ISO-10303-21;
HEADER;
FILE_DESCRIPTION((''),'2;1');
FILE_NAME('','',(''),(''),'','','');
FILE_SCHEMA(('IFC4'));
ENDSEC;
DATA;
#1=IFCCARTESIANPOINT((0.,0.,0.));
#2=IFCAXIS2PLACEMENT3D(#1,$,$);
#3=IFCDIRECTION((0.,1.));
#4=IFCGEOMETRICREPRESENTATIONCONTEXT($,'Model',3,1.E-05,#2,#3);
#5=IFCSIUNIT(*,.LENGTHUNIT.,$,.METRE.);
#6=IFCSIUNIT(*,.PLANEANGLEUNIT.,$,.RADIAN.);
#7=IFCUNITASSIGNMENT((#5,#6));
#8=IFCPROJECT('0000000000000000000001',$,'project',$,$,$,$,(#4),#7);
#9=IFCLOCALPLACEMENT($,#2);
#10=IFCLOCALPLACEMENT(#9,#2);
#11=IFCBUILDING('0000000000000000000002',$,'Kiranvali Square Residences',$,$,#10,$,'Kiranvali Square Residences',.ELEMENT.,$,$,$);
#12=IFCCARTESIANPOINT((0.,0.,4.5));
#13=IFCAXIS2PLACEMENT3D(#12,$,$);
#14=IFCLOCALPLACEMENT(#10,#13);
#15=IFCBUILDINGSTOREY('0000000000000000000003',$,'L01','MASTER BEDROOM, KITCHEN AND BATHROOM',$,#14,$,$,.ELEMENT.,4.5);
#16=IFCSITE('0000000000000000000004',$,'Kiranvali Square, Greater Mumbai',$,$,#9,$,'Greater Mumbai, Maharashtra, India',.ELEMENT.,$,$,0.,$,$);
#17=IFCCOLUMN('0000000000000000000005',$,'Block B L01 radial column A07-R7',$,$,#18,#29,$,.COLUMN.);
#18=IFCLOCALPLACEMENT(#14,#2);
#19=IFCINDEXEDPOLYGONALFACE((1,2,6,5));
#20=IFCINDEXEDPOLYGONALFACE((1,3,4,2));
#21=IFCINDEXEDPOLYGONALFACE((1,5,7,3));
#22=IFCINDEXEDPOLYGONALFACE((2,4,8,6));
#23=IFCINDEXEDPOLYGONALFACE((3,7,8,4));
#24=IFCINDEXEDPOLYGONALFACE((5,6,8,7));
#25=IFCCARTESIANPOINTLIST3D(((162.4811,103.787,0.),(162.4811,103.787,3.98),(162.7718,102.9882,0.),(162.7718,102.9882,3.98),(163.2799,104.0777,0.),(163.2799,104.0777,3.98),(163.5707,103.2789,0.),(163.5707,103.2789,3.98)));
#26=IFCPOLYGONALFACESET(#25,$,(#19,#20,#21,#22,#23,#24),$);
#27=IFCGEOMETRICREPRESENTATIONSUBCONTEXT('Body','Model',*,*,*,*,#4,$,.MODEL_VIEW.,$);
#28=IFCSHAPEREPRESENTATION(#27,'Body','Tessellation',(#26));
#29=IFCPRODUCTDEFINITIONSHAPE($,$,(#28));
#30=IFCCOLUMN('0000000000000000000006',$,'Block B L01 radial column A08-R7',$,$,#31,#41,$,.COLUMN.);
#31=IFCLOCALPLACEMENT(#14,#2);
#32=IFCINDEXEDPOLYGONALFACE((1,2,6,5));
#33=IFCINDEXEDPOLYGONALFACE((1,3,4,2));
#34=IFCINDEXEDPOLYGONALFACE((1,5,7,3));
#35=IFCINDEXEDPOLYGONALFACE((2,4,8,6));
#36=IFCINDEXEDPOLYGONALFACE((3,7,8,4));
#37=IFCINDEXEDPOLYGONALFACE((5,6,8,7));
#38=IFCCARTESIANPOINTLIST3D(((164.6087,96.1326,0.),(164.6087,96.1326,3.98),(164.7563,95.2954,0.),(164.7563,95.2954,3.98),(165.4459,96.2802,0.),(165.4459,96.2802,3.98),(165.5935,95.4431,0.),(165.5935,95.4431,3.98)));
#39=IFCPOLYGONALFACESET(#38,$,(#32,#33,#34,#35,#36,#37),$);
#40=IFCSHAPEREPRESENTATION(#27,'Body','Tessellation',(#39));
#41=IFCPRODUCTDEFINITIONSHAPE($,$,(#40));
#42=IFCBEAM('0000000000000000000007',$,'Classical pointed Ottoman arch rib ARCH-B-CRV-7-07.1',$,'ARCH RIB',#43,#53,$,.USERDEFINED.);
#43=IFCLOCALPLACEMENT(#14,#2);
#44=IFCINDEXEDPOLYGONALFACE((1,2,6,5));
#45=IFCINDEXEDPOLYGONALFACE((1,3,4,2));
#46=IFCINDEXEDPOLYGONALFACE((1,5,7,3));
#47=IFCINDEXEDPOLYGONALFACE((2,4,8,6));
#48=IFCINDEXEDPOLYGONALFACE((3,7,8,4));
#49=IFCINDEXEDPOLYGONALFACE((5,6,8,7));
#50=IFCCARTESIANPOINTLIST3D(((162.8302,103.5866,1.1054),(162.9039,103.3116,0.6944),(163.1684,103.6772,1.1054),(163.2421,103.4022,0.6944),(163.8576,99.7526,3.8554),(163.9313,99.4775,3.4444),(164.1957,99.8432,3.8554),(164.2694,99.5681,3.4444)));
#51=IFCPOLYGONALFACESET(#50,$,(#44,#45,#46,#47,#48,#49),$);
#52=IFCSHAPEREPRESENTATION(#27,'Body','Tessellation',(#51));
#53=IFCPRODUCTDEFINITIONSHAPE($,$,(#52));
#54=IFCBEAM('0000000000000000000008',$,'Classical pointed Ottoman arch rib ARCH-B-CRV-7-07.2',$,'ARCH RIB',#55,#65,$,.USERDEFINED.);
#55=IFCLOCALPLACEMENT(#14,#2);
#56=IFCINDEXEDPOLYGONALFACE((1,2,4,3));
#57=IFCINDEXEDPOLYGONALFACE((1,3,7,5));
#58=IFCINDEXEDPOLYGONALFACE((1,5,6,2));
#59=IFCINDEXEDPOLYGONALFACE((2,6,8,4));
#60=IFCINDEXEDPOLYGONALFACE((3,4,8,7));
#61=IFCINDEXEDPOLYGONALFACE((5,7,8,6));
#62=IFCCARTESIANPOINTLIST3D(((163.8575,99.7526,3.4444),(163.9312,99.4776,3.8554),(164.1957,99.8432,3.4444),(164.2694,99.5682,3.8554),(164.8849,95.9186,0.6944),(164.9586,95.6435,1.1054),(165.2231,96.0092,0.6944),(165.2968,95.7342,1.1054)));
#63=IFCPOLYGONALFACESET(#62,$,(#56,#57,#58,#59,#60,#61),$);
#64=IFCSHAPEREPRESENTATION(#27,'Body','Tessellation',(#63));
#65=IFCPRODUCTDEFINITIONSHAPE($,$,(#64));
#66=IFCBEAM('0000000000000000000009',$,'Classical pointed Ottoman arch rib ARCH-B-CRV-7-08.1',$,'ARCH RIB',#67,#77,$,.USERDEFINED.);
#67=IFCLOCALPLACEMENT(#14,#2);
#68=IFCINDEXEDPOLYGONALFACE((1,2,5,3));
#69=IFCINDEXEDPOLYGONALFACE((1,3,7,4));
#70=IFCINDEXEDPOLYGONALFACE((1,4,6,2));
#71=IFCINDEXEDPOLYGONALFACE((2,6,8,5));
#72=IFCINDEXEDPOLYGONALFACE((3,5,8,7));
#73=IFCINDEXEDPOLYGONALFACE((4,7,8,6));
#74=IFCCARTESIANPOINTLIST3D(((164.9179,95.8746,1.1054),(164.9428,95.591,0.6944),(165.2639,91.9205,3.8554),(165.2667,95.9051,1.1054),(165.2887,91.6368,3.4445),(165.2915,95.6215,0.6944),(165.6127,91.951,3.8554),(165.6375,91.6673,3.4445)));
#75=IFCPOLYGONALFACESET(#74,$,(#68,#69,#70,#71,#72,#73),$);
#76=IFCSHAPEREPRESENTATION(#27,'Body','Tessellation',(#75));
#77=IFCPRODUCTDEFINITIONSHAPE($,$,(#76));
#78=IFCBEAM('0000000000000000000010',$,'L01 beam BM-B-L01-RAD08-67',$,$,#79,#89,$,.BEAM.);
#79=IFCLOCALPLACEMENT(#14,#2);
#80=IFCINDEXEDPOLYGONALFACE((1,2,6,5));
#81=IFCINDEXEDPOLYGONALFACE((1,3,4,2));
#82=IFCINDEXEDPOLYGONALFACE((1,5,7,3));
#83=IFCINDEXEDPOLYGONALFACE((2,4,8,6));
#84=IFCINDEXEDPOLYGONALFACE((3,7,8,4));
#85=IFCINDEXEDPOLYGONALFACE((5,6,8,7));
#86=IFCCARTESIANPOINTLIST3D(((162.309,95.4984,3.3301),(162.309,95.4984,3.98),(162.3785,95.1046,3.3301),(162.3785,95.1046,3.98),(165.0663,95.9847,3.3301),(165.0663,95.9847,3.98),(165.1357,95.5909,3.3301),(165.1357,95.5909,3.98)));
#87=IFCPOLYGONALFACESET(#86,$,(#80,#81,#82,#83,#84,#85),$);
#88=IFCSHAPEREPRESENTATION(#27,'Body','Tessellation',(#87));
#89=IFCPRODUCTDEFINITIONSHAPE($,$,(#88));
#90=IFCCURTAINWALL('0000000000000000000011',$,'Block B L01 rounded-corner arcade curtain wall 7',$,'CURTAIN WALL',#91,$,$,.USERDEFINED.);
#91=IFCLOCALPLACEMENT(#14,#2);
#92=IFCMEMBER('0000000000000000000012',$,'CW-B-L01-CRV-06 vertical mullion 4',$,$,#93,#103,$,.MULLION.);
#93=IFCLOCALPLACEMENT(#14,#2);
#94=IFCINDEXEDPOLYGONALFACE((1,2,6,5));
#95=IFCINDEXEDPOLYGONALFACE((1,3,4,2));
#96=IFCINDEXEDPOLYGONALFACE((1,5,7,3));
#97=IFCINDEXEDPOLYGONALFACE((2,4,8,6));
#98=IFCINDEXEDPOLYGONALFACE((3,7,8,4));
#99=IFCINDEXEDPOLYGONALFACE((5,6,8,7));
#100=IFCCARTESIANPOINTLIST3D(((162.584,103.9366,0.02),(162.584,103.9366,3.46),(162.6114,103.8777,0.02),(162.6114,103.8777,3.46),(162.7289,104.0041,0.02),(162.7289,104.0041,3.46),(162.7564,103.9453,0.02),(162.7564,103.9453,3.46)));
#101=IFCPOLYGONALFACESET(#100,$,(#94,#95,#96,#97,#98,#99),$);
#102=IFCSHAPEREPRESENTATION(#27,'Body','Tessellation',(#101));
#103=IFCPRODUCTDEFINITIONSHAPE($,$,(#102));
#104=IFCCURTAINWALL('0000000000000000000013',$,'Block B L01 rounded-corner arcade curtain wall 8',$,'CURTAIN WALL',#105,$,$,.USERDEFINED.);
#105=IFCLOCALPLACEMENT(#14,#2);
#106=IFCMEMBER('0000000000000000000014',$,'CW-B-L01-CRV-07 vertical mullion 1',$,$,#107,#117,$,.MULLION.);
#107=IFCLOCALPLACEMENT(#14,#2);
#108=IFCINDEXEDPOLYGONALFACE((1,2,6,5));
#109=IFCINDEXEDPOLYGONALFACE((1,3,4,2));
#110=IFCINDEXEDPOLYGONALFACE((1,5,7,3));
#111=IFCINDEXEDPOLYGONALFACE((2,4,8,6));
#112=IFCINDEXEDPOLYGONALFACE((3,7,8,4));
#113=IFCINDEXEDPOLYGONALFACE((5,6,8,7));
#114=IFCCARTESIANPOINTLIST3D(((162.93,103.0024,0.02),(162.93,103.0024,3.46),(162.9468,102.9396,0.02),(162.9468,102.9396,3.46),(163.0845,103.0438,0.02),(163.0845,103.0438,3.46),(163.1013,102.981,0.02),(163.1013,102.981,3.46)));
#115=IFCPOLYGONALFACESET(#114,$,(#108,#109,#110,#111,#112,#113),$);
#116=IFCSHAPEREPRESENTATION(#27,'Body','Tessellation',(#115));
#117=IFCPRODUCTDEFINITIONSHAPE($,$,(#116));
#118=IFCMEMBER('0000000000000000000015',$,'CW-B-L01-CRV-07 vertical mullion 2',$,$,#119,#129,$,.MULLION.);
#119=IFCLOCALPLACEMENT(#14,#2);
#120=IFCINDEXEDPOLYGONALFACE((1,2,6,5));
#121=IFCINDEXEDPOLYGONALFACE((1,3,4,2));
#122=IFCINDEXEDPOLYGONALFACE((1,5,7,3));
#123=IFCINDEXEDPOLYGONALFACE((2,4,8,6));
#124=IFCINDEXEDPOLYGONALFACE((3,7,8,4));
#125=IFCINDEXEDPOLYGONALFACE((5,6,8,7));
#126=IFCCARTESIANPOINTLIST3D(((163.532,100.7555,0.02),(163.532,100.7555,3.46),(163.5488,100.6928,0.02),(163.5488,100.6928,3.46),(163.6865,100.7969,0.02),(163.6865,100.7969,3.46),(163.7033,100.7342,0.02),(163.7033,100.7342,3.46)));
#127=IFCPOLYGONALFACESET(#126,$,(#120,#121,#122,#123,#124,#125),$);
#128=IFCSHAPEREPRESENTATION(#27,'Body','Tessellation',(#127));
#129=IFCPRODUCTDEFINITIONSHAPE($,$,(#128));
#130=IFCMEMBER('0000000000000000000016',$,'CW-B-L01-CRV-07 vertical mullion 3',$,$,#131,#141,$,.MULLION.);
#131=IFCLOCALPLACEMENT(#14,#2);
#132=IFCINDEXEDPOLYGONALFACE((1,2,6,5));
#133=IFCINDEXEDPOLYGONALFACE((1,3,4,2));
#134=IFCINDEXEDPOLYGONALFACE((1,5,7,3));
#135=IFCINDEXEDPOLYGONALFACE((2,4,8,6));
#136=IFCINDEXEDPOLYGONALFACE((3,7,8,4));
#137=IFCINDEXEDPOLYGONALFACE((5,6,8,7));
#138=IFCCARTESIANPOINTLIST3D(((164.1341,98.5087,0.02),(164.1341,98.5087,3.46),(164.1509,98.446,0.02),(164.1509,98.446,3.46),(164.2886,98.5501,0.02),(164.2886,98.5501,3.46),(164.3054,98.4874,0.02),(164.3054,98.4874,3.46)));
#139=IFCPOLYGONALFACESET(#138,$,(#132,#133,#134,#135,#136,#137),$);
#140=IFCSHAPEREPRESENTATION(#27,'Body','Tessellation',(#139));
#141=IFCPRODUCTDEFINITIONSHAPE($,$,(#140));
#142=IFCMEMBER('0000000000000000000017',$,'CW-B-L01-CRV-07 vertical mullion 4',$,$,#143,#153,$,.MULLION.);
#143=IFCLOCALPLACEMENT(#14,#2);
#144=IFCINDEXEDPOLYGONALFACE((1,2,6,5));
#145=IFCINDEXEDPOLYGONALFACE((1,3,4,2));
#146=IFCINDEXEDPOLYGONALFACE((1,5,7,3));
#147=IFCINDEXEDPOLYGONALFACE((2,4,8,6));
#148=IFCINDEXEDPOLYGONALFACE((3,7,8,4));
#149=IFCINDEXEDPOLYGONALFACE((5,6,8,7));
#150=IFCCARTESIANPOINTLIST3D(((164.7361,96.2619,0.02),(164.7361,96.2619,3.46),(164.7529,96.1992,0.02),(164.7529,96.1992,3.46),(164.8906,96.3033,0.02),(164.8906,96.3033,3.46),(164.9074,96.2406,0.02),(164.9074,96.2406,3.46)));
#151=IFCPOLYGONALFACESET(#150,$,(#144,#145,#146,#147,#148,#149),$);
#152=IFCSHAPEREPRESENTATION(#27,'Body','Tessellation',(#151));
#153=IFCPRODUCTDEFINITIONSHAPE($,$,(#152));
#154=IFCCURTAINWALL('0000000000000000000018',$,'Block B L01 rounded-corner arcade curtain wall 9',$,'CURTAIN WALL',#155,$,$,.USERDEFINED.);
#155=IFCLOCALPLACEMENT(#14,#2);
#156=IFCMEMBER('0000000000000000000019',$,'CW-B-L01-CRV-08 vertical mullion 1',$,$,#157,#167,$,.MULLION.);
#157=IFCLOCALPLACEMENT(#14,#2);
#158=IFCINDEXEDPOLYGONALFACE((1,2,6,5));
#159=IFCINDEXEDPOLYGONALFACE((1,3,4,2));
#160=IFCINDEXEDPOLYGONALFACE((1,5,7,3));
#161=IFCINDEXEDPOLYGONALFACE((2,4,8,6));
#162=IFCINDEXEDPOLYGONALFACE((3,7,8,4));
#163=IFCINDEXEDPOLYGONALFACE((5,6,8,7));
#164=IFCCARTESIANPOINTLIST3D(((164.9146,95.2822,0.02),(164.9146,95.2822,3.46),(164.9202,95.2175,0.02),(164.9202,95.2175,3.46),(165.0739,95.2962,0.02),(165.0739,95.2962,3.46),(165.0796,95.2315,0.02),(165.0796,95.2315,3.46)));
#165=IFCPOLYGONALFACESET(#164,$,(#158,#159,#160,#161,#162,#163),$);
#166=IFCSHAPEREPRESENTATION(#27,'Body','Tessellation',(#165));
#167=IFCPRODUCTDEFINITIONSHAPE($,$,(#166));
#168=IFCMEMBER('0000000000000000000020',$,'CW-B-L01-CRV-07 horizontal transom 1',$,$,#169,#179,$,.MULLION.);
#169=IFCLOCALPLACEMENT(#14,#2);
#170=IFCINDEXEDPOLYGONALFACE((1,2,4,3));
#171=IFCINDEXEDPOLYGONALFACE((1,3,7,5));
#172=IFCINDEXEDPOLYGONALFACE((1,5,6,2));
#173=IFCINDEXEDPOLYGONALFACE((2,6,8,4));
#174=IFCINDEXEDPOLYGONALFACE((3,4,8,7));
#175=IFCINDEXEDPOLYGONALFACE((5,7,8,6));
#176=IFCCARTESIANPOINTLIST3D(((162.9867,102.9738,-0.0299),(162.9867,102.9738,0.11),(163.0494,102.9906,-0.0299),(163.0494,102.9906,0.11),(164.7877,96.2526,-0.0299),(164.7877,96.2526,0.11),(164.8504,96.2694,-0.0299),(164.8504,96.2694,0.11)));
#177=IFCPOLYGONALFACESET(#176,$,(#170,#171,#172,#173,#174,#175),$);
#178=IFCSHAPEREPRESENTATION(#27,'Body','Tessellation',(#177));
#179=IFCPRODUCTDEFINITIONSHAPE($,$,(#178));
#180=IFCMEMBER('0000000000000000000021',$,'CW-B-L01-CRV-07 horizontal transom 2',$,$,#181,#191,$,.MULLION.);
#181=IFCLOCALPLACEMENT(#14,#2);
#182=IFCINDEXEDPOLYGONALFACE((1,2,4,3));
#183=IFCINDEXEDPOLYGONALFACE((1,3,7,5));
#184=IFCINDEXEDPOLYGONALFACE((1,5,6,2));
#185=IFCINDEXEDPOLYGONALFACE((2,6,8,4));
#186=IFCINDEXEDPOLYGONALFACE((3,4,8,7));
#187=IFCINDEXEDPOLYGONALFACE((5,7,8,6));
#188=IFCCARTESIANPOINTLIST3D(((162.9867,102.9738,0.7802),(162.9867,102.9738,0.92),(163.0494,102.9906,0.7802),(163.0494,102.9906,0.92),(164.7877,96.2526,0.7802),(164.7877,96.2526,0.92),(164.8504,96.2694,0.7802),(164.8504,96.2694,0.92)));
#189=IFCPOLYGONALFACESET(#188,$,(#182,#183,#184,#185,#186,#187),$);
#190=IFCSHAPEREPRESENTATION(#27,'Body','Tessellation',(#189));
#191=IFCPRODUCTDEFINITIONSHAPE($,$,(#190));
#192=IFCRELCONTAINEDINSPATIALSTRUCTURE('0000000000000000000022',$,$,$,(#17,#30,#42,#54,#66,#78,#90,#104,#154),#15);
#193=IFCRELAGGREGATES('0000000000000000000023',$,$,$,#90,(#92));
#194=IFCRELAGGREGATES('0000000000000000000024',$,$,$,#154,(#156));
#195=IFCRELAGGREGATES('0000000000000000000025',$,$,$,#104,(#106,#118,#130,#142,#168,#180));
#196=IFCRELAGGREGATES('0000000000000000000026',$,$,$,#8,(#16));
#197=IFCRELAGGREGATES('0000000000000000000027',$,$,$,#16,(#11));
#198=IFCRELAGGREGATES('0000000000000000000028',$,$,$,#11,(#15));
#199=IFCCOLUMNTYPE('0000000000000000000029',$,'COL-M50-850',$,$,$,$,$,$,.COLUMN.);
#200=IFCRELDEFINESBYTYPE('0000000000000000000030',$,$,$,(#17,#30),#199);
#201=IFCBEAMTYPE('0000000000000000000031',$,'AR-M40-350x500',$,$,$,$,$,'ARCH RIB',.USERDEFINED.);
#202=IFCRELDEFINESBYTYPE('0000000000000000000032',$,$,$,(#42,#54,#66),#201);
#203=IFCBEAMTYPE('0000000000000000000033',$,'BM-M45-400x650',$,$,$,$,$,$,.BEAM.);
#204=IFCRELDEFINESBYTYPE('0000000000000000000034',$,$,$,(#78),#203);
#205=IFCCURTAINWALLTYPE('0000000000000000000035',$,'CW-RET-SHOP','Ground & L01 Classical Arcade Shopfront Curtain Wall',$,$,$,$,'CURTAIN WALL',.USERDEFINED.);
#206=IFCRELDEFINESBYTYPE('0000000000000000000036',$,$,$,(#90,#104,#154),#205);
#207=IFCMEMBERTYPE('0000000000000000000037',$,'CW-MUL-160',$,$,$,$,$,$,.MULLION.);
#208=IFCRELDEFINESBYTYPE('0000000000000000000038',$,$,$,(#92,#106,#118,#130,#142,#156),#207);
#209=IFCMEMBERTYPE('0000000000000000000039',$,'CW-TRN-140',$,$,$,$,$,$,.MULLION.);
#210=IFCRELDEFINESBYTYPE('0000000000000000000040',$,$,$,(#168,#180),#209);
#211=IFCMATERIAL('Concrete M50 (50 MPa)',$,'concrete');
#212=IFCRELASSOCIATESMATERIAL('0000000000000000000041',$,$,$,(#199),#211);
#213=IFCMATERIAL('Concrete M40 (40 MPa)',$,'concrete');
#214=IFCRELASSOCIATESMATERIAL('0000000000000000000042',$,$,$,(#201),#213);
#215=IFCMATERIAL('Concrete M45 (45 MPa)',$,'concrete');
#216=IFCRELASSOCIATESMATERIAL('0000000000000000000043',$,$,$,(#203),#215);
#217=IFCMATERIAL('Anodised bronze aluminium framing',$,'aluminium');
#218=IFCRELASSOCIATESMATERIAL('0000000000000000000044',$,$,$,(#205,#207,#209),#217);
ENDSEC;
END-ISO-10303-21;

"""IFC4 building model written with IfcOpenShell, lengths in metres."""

from ifc_helpers import new_model, si_unit, direction, frame, origin, origin_2d, place, context, subcontext, project, spatial, rectangle, extrude, material, material_profile, profile_set, type_object, element, aggregate, save


model = new_model("IFC4")

# Units and contexts
model_context = context("Model", 3, precision=1e-05, world=origin(), true_north=direction((0.0, 1.0)))
body_context = subcontext(model_context, "Body", "Model", "MODEL_VIEW")
ifc_project = project(units=[si_unit("LENGTHUNIT", "METRE"), si_unit("PLANEANGLEUNIT", "RADIAN")], contexts=[model_context])

# Site, building, storey
site_placement = place(None, origin())
site = spatial("IfcSite", under=ifc_project, at=site_placement, Name="Kiranvali Square, Greater Mumbai", LongName="Greater Mumbai, Maharashtra, India", CompositionType="ELEMENT", RefElevation=0.0)
building_placement = place(site_placement, origin())
building = spatial("IfcBuilding", under=site, at=building_placement, Name="Kiranvali Square Residences", LongName="Kiranvali Square Residences", CompositionType="ELEMENT")
storey_placement = place(building_placement, frame((0.0, 0.0, 4.5)))
storey = spatial("IfcBuildingStorey", under=building, at=storey_placement, Name="L01", Description="MASTER BEDROOM, KITCHEN AND BATHROOM", CompositionType="ELEMENT", Elevation=4.5)

# Columns
ifc_material_1 = material(Name="Concrete M50 (50 MPa)", Category="concrete")
ifc_material_profile_1 = material_profile(ifc_material_1, rectangle(XDim=0.8501, YDim=0.8501, at=origin_2d()), Name="RC 850x850")
ifc_profile_set_1 = profile_set([ifc_material_profile_1], Name="Concrete M50 (50 MPa)")
column_type = type_object("IfcColumnType", Name="COL-M50-850", PredefinedType="COLUMN", material=ifc_profile_set_1)
for number, where, z_axis, x_axis, name in (
    (1, (163.0259, 103.533, 0.0), (0.0, 0.0, 1.0), (-0.34202, 0.939693, 0.0), "Block B L01 radial column A07-R7"),
    (2, (165.1011, 95.7878, 0.0), (0.0, 0.0, 1.0), (-0.173648, 0.984808, 0.0), "Block B L01 radial column A08-R7"),
):
    element("IfcColumn", number, at=place(storey_placement, frame(where, z_axis=z_axis, x_axis=x_axis)), inside=storey, type_object=column_type, Name=name, PredefinedType="COLUMN", context=body_context, shape_type="SweptSolid", body=[
        extrude(rectangle(XDim=0.8501, YDim=0.8501, at=origin_2d()), origin(), (0.0, 0.0, 1.0), 3.98),
    ])

# Beams
ifc_material_2 = material(Name="Concrete M40 (40 MPa)", Category="concrete")
ifc_material_profile_2 = material_profile(ifc_material_2, rectangle(XDim=0.3501, YDim=0.5, at=origin_2d()), Name="RC 350x500")
ifc_profile_set_2 = profile_set([ifc_material_profile_2], Name="Concrete M40 (40 MPa)")
beam_type_1 = type_object("IfcBeamType", Name="AR-M40-350x500", ElementType="ARCH RIB", PredefinedType="USERDEFINED", material=ifc_profile_set_2)
for number, where, z_axis, x_axis, name in (
    (3, (163.0361, 103.4944, 0.8999), (0.212753, -0.793982, 0.569499), (0.965924, 0.258826, 0.0), "Classical pointed Ottoman arch rib ARCH-B-CRV-7-07.1"),
    (4, (164.0635, 99.6604, 3.6499), (0.212753, -0.793982, -0.569499), (0.965924, 0.258826, 0.0), "Classical pointed Ottoman arch rib ARCH-B-CRV-7-07.2"),
    (5, (165.1047, 95.748, 0.8999), (0.071643, -0.818862, 0.569502), (0.996195, 0.087158, 0.0), "Classical pointed Ottoman arch rib ARCH-B-CRV-7-08.1"),
):
    element("IfcBeam", number, at=place(storey_placement, frame(where, z_axis=z_axis, x_axis=x_axis)), inside=storey, type_object=beam_type_1, Name=name, ObjectType="ARCH RIB", PredefinedType="USERDEFINED", context=body_context, shape_type="SweptSolid", body=[
        extrude(rectangle(XDim=0.3501, YDim=0.5, at=origin_2d()), origin(), (0.0, 0.0, 1.0), 4.8289),
    ])
ifc_material_3 = material(Name="Concrete M45 (45 MPa)", Category="concrete")
ifc_material_profile_3 = material_profile(ifc_material_3, rectangle(XDim=0.3999, YDim=0.6499, at=origin_2d()), Name="RC 400x650")
ifc_profile_set_3 = profile_set([ifc_material_profile_3], Name="Concrete M45 (45 MPa)")
beam_type_2 = type_object("IfcBeamType", Name="BM-M45-400x650", PredefinedType="BEAM", material=ifc_profile_set_3)
beam_placement = place(storey_placement, frame((162.3438, 95.3015, 3.655), z_axis=(0.984799, 0.173696, 0.0), x_axis=(-0.173696, 0.984799, 0.0)))
element("IfcBeam", 6, at=beam_placement, inside=storey, type_object=beam_type_2, Name="L01 beam BM-B-L01-RAD08-67", PredefinedType="BEAM", context=body_context, shape_type="SweptSolid", body=[
    extrude(rectangle(XDim=0.3999, YDim=0.6499, at=origin_2d()), origin(), (0.0, 0.0, 1.0), 2.7998),
])

# Curtain wall, member
ifc_material_4 = material(Name="Anodised bronze aluminium framing", Category="aluminium")
curtain_wall_type = type_object("IfcCurtainWallType", Name="CW-RET-SHOP", Description="Ground & L01 Classical Arcade Shopfront Curtain Wall", ElementType="CURTAIN WALL", PredefinedType="USERDEFINED", material=ifc_material_4)
curtain_wall_1_placement = place(storey_placement, origin())
curtain_wall_1 = element("IfcCurtainWall", 7, at=curtain_wall_1_placement, inside=storey, type_object=curtain_wall_type, Name="Block B L01 rounded-corner arcade curtain wall 7", ObjectType="CURTAIN WALL", PredefinedType="USERDEFINED")
ifc_material_profile_4 = material_profile(ifc_material_4, rectangle(XDim=0.0649, YDim=0.1599, at=origin_2d()), Name="ALU 65x160")
ifc_profile_set_4 = profile_set([ifc_material_profile_4], Name="Anodised bronze aluminium framing")
member_type_1 = type_object("IfcMemberType", Name="CW-MUL-160", PredefinedType="MULLION", material=ifc_profile_set_4)
member_1_placement = place(storey_placement, frame((162.6702, 103.9409, 0.02), z_axis=(0.0, 0.0, 1.0), x_axis=(0.422618, -0.906308, 0.0)))
member_1 = element("IfcMember", 8, at=member_1_placement, type_object=member_type_1, Name="CW-B-L01-CRV-06 vertical mullion 4", PredefinedType="MULLION", context=body_context, shape_type="SweptSolid", body=[
    extrude(rectangle(XDim=0.0649, YDim=0.1599, at=origin_2d()), origin(), (0.0, 0.0, 1.0), 3.4399),
])
aggregate(curtain_wall_1, [member_1])

# Curtain wall, members
curtain_wall_2_placement = place(storey_placement, origin())
curtain_wall_2 = element("IfcCurtainWall", 9, at=curtain_wall_2_placement, inside=storey, type_object=curtain_wall_type, Name="Block B L01 rounded-corner arcade curtain wall 8", ObjectType="CURTAIN WALL", PredefinedType="USERDEFINED")
member_2_placement = place(storey_placement, frame((163.0156, 102.9917, 0.02), z_axis=(0.0, 0.0, 1.0), x_axis=(0.258819, -0.965926, 0.0)))
member_2 = element("IfcMember", 10, at=member_2_placement, type_object=member_type_1, Name="CW-B-L01-CRV-07 vertical mullion 1", PredefinedType="MULLION", context=body_context, shape_type="SweptSolid", body=[
    extrude(rectangle(XDim=0.0649, YDim=0.1599, at=origin_2d()), origin(), (0.0, 0.0, 1.0), 3.4399),
])
member_3_placement = place(storey_placement, frame((163.6177, 100.7449, 0.02), z_axis=(0.0, 0.0, 1.0), x_axis=(0.258819, -0.965926, 0.0)))
member_3 = element("IfcMember", 11, at=member_3_placement, type_object=member_type_1, Name="CW-B-L01-CRV-07 vertical mullion 2", PredefinedType="MULLION", context=body_context, shape_type="SweptSolid", body=[
    extrude(rectangle(XDim=0.0649, YDim=0.1599, at=origin_2d()), origin(), (0.0, 0.0, 1.0), 3.4399),
])
member_4_placement = place(storey_placement, frame((164.2197, 98.498, 0.02), z_axis=(0.0, 0.0, 1.0), x_axis=(0.258819, -0.965926, 0.0)))
member_4 = element("IfcMember", 12, at=member_4_placement, type_object=member_type_1, Name="CW-B-L01-CRV-07 vertical mullion 3", PredefinedType="MULLION", context=body_context, shape_type="SweptSolid", body=[
    extrude(rectangle(XDim=0.0649, YDim=0.1599, at=origin_2d()), origin(), (0.0, 0.0, 1.0), 3.4399),
])
member_5_placement = place(storey_placement, frame((164.8218, 96.2512, 0.02), z_axis=(0.0, 0.0, 1.0), x_axis=(0.258819, -0.965926, 0.0)))
member_5 = element("IfcMember", 13, at=member_5_placement, type_object=member_type_1, Name="CW-B-L01-CRV-07 vertical mullion 4", PredefinedType="MULLION", context=body_context, shape_type="SweptSolid", body=[
    extrude(rectangle(XDim=0.0649, YDim=0.1599, at=origin_2d()), origin(), (0.0, 0.0, 1.0), 3.4399),
])

# Curtain wall, member
curtain_wall_3_placement = place(storey_placement, origin())
curtain_wall_3 = element("IfcCurtainWall", 14, at=curtain_wall_3_placement, inside=storey, type_object=curtain_wall_type, Name="Block B L01 rounded-corner arcade curtain wall 9", ObjectType="CURTAIN WALL", PredefinedType="USERDEFINED")
member_6_placement = place(storey_placement, frame((164.9971, 95.2568, 0.02), z_axis=(0.0, 0.0, 1.0), x_axis=(0.087156, -0.996195, 0.0)))
member_6 = element("IfcMember", 15, at=member_6_placement, type_object=member_type_1, Name="CW-B-L01-CRV-08 vertical mullion 1", PredefinedType="MULLION", context=body_context, shape_type="SweptSolid", body=[
    extrude(rectangle(XDim=0.0649, YDim=0.1599, at=origin_2d()), origin(), (0.0, 0.0, 1.0), 3.4399),
])

# Members
ifc_material_profile_5 = material_profile(ifc_material_4, rectangle(XDim=0.0649, YDim=0.1399, at=origin_2d()), Name="ALU 65x140")
ifc_profile_set_5 = profile_set([ifc_material_profile_5], Name="Anodised bronze aluminium framing")
member_type_2 = type_object("IfcMemberType", Name="CW-TRN-140", PredefinedType="MULLION", material=ifc_profile_set_5)
member_7_placement = place(storey_placement, frame((163.0181, 102.9822, 0.04), z_axis=(0.258831, -0.965923, 0.0), x_axis=(0.965923, 0.258831, 0.0)))
member_7 = element("IfcMember", 16, at=member_7_placement, type_object=member_type_2, Name="CW-B-L01-CRV-07 horizontal transom 1", PredefinedType="MULLION", context=body_context, shape_type="SweptSolid", body=[
    extrude(rectangle(XDim=0.0649, YDim=0.1399, at=origin_2d()), origin(), (0.0, 0.0, 1.0), 6.9583),
])
member_8_placement = place(storey_placement, frame((163.0181, 102.9822, 0.8501), z_axis=(0.258831, -0.965923, 0.0), x_axis=(0.965923, 0.258831, 0.0)))
member_8 = element("IfcMember", 17, at=member_8_placement, type_object=member_type_2, Name="CW-B-L01-CRV-07 horizontal transom 2", PredefinedType="MULLION", context=body_context, shape_type="SweptSolid", body=[
    extrude(rectangle(XDim=0.0649, YDim=0.1399, at=origin_2d()), origin(), (0.0, 0.0, 1.0), 6.9583),
])
aggregate(curtain_wall_3, [member_6])

aggregate(curtain_wall_2, [member_2, member_3, member_4, member_5, member_7, member_8])

save(model, "model.ifc")
